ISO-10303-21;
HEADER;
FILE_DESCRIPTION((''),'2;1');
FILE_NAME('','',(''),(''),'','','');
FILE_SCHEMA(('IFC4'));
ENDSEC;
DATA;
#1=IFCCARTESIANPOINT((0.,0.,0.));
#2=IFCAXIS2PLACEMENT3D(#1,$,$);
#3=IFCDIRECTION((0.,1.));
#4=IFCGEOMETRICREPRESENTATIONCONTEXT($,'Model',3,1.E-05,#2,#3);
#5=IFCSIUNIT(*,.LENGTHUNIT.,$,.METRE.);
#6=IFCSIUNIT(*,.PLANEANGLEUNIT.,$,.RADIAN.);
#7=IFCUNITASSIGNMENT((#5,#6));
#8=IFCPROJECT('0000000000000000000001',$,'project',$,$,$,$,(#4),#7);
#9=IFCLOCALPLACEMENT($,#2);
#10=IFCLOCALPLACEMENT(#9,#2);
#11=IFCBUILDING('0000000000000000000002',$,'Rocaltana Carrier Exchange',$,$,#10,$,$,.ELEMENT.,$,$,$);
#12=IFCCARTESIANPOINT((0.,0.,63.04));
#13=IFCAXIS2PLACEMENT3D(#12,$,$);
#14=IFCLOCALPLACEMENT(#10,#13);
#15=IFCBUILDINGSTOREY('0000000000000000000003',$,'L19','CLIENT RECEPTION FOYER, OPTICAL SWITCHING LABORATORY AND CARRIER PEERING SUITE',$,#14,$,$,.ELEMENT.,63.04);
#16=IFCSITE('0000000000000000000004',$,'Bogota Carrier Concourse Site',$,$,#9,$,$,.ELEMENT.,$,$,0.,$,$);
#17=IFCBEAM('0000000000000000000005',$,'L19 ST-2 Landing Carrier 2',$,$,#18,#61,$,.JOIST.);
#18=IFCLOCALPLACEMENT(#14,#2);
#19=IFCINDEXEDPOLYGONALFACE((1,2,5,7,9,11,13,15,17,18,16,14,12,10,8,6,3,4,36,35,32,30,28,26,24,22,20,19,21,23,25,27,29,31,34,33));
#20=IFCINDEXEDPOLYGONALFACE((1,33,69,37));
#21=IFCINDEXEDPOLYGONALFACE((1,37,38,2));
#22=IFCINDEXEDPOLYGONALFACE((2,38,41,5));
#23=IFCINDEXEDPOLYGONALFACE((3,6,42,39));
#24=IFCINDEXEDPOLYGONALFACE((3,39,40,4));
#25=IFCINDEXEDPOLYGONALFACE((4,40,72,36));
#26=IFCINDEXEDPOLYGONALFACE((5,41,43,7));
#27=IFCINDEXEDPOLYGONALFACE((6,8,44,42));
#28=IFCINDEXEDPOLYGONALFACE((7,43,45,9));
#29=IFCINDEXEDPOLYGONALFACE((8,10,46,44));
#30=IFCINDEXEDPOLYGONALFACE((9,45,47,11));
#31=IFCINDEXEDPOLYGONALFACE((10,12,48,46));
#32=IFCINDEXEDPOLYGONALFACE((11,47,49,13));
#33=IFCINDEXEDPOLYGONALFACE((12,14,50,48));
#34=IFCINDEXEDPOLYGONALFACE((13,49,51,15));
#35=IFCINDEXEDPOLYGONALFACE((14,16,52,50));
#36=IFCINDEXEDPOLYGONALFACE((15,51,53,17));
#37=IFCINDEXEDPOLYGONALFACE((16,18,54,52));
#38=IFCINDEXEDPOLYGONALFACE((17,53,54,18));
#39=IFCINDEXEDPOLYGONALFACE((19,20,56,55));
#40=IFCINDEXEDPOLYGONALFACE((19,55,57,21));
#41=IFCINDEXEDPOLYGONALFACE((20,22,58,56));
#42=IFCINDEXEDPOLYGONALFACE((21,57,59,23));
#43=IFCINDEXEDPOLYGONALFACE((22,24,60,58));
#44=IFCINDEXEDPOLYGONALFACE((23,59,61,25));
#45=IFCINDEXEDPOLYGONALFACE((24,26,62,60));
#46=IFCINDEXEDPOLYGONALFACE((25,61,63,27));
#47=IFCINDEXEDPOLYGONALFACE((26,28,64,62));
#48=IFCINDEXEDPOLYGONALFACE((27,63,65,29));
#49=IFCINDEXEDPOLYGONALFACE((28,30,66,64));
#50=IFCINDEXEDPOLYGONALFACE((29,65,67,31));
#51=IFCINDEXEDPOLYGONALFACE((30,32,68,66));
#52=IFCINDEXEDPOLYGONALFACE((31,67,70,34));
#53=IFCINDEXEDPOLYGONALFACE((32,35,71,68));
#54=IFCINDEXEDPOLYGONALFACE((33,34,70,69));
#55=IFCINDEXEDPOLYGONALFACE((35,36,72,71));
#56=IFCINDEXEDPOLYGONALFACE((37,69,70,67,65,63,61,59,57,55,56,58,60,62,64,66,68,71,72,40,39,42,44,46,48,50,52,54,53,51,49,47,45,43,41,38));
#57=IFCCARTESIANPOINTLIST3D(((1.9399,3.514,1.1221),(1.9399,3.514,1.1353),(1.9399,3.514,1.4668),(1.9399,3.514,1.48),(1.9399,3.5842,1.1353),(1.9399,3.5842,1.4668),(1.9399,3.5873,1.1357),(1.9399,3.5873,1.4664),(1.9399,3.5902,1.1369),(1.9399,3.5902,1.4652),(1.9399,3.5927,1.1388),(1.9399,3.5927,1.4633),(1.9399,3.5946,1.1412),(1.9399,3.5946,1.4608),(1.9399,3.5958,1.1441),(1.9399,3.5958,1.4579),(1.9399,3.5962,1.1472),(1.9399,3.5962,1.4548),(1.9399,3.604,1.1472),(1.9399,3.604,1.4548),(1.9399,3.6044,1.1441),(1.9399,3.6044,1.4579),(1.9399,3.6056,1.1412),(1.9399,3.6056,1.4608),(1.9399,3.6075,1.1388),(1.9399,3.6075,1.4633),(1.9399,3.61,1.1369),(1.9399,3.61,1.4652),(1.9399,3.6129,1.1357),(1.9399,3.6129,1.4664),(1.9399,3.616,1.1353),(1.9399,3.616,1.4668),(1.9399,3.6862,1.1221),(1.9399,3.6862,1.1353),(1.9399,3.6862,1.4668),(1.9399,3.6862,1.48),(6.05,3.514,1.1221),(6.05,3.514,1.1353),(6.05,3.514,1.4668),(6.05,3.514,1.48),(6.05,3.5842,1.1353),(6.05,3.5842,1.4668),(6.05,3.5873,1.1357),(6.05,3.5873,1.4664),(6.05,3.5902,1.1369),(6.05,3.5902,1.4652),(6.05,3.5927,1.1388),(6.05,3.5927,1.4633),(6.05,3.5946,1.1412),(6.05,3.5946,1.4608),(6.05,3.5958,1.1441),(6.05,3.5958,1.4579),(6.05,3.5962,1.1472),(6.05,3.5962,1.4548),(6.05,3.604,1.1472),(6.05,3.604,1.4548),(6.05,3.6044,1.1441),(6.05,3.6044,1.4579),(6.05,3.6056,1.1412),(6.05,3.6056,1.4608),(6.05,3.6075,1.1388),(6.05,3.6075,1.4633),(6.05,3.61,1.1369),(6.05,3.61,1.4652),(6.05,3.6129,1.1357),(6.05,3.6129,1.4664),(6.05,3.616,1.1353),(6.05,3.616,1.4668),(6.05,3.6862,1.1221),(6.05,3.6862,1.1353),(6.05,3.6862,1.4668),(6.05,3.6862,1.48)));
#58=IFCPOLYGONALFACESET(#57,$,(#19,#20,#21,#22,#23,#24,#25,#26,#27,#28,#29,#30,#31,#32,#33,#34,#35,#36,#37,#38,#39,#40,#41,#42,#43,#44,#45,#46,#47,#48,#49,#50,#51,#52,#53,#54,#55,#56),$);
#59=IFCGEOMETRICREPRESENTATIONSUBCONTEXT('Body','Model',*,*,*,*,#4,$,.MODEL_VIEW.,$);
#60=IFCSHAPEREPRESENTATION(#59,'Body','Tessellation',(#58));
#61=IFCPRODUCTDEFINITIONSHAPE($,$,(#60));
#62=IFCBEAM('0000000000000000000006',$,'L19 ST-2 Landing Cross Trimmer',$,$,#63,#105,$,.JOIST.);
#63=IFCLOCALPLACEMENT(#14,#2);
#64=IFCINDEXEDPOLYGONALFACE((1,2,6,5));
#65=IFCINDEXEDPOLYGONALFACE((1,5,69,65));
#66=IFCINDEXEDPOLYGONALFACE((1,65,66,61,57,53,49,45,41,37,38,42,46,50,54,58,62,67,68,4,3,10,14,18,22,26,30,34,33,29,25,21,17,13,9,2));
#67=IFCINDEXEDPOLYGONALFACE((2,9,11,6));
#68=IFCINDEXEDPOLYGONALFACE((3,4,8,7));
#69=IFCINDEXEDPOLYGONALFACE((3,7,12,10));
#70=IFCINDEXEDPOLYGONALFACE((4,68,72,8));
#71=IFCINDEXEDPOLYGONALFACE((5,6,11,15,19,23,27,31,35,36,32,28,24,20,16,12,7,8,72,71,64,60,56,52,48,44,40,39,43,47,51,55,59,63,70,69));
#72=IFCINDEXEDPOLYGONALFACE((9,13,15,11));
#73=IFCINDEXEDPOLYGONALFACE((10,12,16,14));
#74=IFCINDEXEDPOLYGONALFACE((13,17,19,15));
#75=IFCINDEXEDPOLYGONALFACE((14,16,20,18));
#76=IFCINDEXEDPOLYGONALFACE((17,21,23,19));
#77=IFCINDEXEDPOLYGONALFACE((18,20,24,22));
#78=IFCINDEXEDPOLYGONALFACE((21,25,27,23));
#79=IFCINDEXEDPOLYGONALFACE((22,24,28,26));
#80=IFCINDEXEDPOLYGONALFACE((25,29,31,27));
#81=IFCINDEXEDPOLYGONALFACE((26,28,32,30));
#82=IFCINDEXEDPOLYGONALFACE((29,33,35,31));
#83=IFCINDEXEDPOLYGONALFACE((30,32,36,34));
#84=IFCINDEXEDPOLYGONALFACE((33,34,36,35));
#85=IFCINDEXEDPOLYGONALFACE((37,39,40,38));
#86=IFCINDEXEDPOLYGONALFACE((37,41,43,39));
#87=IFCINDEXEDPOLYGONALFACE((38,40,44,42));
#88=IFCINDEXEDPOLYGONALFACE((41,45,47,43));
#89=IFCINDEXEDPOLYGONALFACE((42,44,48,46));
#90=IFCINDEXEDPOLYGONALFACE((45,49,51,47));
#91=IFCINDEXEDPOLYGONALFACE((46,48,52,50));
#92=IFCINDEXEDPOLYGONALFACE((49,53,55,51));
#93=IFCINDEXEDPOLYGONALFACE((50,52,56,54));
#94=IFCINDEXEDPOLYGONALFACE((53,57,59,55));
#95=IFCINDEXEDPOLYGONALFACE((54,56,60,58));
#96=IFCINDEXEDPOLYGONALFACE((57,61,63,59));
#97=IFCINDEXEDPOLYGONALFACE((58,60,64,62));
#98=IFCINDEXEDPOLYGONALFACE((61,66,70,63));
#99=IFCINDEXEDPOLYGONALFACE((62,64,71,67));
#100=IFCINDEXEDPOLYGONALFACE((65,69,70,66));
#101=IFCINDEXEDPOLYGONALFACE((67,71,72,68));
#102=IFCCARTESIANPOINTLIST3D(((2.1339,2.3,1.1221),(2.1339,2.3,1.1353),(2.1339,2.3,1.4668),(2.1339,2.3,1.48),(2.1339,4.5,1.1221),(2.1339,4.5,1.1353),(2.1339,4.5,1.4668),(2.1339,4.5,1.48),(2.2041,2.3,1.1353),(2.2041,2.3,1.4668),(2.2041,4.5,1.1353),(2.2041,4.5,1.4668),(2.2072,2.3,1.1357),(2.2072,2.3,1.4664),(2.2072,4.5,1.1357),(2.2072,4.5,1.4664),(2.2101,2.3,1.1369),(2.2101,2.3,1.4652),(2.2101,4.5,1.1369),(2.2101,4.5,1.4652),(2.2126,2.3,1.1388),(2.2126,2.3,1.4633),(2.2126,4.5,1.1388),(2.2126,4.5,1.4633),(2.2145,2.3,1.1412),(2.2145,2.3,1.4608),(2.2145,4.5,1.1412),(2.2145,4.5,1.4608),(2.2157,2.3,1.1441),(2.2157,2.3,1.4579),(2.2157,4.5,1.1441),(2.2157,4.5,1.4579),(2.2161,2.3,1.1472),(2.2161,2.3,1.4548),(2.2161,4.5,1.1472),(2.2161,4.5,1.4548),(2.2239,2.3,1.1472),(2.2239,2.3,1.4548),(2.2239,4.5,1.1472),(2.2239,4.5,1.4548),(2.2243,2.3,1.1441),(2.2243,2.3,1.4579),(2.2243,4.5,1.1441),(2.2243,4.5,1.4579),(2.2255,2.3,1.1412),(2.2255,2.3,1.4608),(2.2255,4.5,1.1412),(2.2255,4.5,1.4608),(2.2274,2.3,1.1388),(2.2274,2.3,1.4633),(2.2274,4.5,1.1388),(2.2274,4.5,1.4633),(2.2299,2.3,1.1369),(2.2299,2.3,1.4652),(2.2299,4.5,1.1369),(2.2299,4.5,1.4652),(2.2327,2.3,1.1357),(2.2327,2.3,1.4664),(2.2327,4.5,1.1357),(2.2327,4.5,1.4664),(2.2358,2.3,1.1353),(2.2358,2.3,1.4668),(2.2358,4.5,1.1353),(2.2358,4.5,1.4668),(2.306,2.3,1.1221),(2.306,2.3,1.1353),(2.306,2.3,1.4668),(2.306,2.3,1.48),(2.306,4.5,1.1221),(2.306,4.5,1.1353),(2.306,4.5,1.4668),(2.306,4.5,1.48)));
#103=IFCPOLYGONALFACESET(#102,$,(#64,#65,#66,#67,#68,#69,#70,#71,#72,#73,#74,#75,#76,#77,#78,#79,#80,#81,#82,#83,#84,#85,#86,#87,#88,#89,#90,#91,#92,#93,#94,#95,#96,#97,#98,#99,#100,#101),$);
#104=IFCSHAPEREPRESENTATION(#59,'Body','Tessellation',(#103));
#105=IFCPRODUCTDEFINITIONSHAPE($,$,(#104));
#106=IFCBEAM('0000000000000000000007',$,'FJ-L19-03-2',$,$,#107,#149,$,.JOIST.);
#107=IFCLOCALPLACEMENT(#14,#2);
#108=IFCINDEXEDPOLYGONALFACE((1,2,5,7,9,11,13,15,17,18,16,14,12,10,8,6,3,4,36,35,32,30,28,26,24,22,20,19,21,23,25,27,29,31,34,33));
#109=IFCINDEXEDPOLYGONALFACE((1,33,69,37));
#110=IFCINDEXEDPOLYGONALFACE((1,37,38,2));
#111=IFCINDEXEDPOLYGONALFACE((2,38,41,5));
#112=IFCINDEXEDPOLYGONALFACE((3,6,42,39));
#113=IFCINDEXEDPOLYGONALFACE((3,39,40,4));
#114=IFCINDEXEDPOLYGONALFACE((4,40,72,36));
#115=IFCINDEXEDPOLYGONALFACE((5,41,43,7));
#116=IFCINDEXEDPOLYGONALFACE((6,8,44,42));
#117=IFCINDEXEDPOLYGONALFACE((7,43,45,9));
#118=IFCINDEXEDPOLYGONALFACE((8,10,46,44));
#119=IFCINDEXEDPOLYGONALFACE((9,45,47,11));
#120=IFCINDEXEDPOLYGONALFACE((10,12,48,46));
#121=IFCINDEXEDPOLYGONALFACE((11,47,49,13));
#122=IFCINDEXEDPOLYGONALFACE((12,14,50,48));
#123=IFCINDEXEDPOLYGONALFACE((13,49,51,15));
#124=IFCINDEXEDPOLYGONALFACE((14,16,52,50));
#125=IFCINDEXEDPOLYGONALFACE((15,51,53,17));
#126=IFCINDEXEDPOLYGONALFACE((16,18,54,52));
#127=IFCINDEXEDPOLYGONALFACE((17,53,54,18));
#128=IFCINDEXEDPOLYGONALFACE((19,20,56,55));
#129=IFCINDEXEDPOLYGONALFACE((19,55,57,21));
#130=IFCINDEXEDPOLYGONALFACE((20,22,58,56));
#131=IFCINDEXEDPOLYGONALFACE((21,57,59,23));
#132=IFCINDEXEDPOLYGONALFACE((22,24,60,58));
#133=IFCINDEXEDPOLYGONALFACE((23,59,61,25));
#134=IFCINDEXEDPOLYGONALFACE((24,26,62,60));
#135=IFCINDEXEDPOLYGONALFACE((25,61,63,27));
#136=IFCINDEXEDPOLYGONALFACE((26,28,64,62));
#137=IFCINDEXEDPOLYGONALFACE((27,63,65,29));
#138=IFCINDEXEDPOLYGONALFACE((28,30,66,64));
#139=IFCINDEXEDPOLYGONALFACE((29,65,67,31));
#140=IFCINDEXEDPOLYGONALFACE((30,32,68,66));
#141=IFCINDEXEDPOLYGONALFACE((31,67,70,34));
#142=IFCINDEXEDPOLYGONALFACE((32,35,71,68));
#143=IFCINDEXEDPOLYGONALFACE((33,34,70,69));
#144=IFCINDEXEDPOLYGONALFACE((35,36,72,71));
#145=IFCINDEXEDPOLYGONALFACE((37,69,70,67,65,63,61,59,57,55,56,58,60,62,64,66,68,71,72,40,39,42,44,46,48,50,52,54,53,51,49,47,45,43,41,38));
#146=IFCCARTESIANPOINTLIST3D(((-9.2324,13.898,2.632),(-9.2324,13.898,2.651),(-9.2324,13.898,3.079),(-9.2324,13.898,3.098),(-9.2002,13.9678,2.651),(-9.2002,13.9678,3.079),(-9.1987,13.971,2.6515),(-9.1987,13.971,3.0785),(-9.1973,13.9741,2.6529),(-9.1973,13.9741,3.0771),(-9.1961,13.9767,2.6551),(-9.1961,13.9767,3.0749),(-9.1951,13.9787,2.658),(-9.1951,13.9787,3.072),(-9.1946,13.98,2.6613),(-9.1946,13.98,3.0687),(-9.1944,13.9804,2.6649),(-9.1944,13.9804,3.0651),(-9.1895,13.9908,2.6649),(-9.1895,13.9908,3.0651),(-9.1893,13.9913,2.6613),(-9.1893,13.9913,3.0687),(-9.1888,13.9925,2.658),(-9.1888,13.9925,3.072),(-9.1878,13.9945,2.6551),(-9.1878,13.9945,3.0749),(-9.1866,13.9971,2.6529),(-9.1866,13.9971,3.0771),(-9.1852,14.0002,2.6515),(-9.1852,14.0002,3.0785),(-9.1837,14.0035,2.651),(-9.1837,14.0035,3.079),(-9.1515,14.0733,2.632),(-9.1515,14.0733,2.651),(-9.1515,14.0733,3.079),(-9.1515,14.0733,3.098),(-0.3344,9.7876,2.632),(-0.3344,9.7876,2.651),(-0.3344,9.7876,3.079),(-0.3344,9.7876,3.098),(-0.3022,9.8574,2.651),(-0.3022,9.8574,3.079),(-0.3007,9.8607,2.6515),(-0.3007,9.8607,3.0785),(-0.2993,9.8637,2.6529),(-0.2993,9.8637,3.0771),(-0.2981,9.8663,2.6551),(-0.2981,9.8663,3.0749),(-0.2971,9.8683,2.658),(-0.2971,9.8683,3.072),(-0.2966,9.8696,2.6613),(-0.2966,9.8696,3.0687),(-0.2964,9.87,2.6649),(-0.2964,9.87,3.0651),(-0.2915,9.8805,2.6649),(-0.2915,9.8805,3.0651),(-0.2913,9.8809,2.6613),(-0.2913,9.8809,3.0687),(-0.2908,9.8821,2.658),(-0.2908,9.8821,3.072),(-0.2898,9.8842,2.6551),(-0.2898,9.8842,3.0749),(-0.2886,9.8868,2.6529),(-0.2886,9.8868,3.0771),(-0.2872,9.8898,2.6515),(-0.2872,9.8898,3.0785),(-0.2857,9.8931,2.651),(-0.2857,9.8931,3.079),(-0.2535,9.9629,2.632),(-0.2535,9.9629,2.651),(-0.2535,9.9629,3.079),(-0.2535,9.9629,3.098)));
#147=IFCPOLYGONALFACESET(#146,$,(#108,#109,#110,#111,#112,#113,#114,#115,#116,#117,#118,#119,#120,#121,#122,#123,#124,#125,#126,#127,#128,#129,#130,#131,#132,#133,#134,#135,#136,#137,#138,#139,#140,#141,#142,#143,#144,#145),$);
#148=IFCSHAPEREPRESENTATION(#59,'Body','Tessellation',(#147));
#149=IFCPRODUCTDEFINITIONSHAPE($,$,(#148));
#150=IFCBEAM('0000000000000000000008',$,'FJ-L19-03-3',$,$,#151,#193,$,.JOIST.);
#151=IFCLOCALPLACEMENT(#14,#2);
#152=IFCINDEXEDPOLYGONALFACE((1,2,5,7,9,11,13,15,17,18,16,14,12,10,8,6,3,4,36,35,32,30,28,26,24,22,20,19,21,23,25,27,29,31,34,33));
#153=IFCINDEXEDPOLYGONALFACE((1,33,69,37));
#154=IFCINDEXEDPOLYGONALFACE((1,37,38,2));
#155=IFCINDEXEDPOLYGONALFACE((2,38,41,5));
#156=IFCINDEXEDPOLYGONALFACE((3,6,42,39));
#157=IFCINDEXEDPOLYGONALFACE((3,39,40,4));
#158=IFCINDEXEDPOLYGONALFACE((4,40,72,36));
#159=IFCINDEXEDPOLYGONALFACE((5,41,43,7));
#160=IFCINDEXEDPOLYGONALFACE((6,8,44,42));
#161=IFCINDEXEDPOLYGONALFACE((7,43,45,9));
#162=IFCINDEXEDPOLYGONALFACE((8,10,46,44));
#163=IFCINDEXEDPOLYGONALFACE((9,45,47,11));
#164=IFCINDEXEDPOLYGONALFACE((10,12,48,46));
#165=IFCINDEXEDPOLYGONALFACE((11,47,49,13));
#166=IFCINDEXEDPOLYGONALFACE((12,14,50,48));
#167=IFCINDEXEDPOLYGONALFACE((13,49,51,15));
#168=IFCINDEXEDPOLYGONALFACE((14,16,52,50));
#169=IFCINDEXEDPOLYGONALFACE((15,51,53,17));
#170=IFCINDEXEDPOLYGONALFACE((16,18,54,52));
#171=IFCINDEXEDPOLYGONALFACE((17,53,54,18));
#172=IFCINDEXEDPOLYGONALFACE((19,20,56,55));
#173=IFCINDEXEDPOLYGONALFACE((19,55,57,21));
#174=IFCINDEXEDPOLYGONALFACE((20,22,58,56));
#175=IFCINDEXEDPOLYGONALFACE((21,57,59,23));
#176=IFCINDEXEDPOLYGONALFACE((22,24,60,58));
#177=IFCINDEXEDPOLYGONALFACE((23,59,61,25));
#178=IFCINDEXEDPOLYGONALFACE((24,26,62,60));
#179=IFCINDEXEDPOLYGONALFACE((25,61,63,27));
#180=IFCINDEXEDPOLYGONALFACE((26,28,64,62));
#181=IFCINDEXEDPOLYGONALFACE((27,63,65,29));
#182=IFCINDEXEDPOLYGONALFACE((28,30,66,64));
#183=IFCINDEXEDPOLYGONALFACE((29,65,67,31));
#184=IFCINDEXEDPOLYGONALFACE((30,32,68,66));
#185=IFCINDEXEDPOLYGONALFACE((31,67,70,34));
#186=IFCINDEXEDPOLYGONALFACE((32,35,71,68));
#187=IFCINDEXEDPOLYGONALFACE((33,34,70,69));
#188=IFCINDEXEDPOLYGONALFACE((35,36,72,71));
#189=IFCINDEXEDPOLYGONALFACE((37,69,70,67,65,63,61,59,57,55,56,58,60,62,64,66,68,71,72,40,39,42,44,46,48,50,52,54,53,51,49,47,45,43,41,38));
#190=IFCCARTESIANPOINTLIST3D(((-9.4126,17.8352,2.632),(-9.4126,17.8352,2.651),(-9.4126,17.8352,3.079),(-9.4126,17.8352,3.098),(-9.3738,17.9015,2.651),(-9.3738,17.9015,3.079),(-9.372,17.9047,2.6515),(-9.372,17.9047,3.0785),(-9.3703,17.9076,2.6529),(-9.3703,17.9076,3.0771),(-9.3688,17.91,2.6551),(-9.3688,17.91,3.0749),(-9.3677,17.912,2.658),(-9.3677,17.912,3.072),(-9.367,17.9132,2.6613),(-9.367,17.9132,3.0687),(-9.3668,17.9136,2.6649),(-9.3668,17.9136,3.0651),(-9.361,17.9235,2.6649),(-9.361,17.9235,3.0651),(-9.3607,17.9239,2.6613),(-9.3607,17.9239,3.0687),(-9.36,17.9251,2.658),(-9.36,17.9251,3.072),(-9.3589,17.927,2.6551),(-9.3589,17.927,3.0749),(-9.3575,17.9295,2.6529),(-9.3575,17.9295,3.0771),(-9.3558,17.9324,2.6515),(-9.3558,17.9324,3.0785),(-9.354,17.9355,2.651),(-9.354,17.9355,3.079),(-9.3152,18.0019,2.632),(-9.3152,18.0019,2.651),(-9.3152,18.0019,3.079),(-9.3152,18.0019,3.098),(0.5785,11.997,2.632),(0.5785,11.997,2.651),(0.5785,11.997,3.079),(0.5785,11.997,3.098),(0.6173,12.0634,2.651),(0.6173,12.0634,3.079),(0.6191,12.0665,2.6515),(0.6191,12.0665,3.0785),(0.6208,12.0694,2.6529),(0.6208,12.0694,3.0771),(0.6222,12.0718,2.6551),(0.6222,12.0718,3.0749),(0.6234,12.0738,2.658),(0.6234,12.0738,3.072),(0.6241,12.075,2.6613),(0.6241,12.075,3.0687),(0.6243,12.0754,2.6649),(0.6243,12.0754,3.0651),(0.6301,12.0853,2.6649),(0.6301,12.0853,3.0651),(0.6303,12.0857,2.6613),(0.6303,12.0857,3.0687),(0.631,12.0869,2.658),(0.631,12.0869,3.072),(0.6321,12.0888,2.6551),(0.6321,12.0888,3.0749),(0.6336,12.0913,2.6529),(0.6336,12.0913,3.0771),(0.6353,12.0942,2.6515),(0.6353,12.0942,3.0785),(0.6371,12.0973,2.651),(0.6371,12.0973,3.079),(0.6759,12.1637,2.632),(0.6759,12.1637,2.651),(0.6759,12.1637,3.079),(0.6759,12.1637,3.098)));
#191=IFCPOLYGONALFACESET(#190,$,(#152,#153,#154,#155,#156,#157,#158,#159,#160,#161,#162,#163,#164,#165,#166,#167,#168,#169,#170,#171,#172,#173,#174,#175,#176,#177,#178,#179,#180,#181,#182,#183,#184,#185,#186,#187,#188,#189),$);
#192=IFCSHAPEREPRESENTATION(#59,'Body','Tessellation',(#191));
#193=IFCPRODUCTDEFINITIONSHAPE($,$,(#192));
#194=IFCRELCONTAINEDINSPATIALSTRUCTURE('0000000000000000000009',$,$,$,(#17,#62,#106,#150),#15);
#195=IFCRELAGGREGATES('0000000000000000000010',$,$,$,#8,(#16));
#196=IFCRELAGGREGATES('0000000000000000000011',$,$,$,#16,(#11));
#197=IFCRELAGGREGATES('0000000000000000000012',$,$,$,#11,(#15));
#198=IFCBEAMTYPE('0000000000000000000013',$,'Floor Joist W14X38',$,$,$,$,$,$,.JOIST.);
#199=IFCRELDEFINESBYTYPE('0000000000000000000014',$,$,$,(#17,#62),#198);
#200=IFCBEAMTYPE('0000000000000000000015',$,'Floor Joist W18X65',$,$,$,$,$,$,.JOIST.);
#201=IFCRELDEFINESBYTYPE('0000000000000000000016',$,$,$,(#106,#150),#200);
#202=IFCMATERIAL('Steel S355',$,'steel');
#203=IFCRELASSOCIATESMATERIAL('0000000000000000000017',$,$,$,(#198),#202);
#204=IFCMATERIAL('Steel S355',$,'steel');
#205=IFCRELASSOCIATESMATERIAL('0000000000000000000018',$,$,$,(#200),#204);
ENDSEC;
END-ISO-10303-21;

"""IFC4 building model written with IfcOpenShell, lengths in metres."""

from ifc_helpers import new_model, si_unit, direction, frame, origin, origin_2d, place, context, subcontext, project, spatial, i_section, extrude, material, material_profile, profile_set, type_object, element, save


model = new_model("IFC4")

# Units and contexts
model_context = context("Model", 3, precision=1e-05, world=origin(), true_north=direction((0.0, 1.0)))
body_context = subcontext(model_context, "Body", "Model", "MODEL_VIEW")
ifc_project = project(units=[si_unit("LENGTHUNIT", "METRE"), si_unit("PLANEANGLEUNIT", "RADIAN")], contexts=[model_context])

# Site, building, storey
site_placement = place(None, origin())
site = spatial("IfcSite", under=ifc_project, at=site_placement, Name="Bogota Carrier Concourse Site", CompositionType="ELEMENT", RefElevation=0.0)
building_placement = place(site_placement, origin())
building = spatial("IfcBuilding", under=site, at=building_placement, Name="Rocaltana Carrier Exchange", CompositionType="ELEMENT")
storey_placement = place(building_placement, frame((0.0, 0.0, 63.04)))
storey = spatial("IfcBuildingStorey", under=building, at=storey_placement, Name="L19", Description="CLIENT RECEPTION FOYER, OPTICAL SWITCHING LABORATORY AND CARRIER PEERING SUITE", CompositionType="ELEMENT", Elevation=63.04)

# Beams
ifc_material_1 = material(Name="Steel S355", Category="steel")
ifc_material_profile_1 = material_profile(ifc_material_1, i_section(OverallWidth=0.1721, OverallDepth=0.3579, WebThickness=0.0078, FlangeThickness=0.0132, FilletRadius=0.012, at=origin_2d()), Name="W14X38")
ifc_profile_set_1 = profile_set([ifc_material_profile_1], Name="Steel S355")
beam_type_1 = type_object("IfcBeamType", Name="Floor Joist W14X38", PredefinedType="JOIST", material=ifc_profile_set_1)
for number, where, z_axis, x_axis, name in (
    (1, (1.9399, 3.6001, 1.301), (1.0, 0.0, 0.0), (0.0, 1.0, 0.0), "L19 ST-2 Landing Carrier 2"),
):
    element("IfcBeam", number, at=place(storey_placement, frame(where, z_axis=z_axis, x_axis=x_axis)), inside=storey, type_object=beam_type_1, Name=name, PredefinedType="JOIST", context=body_context, shape_type="SweptSolid", body=[
        extrude(i_section(OverallWidth=0.1721, OverallDepth=0.3579, WebThickness=0.0078, FlangeThickness=0.0132, FilletRadius=0.012, at=origin_2d()), origin(), (0.0, 0.0, 1.0), 4.1101),
    ])
beam_1_placement = place(storey_placement, frame((2.22, 2.3, 1.301), z_axis=(0.0, 1.0, 0.0), x_axis=(-1.0, 0.0, 0.0)))
element("IfcBeam", 2, at=beam_1_placement, inside=storey, type_object=beam_type_1, Name="L19 ST-2 Landing Cross Trimmer", PredefinedType="JOIST", context=body_context, shape_type="SweptSolid", body=[
    extrude(i_section(OverallWidth=0.1721, OverallDepth=0.3579, WebThickness=0.0078, FlangeThickness=0.0132, FilletRadius=0.012, at=origin_2d()), origin(), (0.0, 0.0, 1.0), 2.2),
])
ifc_material_2 = material(Name="Steel S355", Category="steel")
ifc_material_profile_2 = material_profile(ifc_material_2, i_section(OverallWidth=0.1931, OverallDepth=0.4661, WebThickness=0.0115, FlangeThickness=0.019, FilletRadius=0.0139, at=origin_2d()), Name="W18X65")
ifc_profile_set_2 = profile_set([ifc_material_profile_2], Name="Steel S355")
beam_type_2 = type_object("IfcBeamType", Name="Floor Joist W18X65", PredefinedType="JOIST", material=ifc_profile_set_2)
beam_2_placement = place(storey_placement, frame((-0.2939, 9.8752, 2.865), z_axis=(-0.907819, 0.419361, 0.0), x_axis=(-0.419361, -0.907819, 0.0)))
element("IfcBeam", 3, at=beam_2_placement, inside=storey, type_object=beam_type_2, Name="FJ-L19-03-2", PredefinedType="JOIST", context=body_context, shape_type="SweptSolid", body=[
    extrude(i_section(OverallWidth=0.1931, OverallDepth=0.4661, WebThickness=0.0115, FlangeThickness=0.019, FilletRadius=0.0139, at=origin_2d()), origin(), (0.0, 0.0, 1.0), 9.8015),
])
beam_3_placement = place(storey_placement, frame((0.6272, 12.0803, 2.865), z_axis=(-0.8634, 0.50452, 0.0), x_axis=(-0.50452, -0.8634, 0.0)))
element("IfcBeam", 4, at=beam_3_placement, inside=storey, type_object=beam_type_2, Name="FJ-L19-03-3", PredefinedType="JOIST", context=body_context, shape_type="SweptSolid", body=[
    extrude(i_section(OverallWidth=0.1931, OverallDepth=0.4661, WebThickness=0.0115, FlangeThickness=0.019, FilletRadius=0.0139, at=origin_2d()), origin(), (0.0, 0.0, 1.0), 11.5718),
])

save(model, "model.ifc")
